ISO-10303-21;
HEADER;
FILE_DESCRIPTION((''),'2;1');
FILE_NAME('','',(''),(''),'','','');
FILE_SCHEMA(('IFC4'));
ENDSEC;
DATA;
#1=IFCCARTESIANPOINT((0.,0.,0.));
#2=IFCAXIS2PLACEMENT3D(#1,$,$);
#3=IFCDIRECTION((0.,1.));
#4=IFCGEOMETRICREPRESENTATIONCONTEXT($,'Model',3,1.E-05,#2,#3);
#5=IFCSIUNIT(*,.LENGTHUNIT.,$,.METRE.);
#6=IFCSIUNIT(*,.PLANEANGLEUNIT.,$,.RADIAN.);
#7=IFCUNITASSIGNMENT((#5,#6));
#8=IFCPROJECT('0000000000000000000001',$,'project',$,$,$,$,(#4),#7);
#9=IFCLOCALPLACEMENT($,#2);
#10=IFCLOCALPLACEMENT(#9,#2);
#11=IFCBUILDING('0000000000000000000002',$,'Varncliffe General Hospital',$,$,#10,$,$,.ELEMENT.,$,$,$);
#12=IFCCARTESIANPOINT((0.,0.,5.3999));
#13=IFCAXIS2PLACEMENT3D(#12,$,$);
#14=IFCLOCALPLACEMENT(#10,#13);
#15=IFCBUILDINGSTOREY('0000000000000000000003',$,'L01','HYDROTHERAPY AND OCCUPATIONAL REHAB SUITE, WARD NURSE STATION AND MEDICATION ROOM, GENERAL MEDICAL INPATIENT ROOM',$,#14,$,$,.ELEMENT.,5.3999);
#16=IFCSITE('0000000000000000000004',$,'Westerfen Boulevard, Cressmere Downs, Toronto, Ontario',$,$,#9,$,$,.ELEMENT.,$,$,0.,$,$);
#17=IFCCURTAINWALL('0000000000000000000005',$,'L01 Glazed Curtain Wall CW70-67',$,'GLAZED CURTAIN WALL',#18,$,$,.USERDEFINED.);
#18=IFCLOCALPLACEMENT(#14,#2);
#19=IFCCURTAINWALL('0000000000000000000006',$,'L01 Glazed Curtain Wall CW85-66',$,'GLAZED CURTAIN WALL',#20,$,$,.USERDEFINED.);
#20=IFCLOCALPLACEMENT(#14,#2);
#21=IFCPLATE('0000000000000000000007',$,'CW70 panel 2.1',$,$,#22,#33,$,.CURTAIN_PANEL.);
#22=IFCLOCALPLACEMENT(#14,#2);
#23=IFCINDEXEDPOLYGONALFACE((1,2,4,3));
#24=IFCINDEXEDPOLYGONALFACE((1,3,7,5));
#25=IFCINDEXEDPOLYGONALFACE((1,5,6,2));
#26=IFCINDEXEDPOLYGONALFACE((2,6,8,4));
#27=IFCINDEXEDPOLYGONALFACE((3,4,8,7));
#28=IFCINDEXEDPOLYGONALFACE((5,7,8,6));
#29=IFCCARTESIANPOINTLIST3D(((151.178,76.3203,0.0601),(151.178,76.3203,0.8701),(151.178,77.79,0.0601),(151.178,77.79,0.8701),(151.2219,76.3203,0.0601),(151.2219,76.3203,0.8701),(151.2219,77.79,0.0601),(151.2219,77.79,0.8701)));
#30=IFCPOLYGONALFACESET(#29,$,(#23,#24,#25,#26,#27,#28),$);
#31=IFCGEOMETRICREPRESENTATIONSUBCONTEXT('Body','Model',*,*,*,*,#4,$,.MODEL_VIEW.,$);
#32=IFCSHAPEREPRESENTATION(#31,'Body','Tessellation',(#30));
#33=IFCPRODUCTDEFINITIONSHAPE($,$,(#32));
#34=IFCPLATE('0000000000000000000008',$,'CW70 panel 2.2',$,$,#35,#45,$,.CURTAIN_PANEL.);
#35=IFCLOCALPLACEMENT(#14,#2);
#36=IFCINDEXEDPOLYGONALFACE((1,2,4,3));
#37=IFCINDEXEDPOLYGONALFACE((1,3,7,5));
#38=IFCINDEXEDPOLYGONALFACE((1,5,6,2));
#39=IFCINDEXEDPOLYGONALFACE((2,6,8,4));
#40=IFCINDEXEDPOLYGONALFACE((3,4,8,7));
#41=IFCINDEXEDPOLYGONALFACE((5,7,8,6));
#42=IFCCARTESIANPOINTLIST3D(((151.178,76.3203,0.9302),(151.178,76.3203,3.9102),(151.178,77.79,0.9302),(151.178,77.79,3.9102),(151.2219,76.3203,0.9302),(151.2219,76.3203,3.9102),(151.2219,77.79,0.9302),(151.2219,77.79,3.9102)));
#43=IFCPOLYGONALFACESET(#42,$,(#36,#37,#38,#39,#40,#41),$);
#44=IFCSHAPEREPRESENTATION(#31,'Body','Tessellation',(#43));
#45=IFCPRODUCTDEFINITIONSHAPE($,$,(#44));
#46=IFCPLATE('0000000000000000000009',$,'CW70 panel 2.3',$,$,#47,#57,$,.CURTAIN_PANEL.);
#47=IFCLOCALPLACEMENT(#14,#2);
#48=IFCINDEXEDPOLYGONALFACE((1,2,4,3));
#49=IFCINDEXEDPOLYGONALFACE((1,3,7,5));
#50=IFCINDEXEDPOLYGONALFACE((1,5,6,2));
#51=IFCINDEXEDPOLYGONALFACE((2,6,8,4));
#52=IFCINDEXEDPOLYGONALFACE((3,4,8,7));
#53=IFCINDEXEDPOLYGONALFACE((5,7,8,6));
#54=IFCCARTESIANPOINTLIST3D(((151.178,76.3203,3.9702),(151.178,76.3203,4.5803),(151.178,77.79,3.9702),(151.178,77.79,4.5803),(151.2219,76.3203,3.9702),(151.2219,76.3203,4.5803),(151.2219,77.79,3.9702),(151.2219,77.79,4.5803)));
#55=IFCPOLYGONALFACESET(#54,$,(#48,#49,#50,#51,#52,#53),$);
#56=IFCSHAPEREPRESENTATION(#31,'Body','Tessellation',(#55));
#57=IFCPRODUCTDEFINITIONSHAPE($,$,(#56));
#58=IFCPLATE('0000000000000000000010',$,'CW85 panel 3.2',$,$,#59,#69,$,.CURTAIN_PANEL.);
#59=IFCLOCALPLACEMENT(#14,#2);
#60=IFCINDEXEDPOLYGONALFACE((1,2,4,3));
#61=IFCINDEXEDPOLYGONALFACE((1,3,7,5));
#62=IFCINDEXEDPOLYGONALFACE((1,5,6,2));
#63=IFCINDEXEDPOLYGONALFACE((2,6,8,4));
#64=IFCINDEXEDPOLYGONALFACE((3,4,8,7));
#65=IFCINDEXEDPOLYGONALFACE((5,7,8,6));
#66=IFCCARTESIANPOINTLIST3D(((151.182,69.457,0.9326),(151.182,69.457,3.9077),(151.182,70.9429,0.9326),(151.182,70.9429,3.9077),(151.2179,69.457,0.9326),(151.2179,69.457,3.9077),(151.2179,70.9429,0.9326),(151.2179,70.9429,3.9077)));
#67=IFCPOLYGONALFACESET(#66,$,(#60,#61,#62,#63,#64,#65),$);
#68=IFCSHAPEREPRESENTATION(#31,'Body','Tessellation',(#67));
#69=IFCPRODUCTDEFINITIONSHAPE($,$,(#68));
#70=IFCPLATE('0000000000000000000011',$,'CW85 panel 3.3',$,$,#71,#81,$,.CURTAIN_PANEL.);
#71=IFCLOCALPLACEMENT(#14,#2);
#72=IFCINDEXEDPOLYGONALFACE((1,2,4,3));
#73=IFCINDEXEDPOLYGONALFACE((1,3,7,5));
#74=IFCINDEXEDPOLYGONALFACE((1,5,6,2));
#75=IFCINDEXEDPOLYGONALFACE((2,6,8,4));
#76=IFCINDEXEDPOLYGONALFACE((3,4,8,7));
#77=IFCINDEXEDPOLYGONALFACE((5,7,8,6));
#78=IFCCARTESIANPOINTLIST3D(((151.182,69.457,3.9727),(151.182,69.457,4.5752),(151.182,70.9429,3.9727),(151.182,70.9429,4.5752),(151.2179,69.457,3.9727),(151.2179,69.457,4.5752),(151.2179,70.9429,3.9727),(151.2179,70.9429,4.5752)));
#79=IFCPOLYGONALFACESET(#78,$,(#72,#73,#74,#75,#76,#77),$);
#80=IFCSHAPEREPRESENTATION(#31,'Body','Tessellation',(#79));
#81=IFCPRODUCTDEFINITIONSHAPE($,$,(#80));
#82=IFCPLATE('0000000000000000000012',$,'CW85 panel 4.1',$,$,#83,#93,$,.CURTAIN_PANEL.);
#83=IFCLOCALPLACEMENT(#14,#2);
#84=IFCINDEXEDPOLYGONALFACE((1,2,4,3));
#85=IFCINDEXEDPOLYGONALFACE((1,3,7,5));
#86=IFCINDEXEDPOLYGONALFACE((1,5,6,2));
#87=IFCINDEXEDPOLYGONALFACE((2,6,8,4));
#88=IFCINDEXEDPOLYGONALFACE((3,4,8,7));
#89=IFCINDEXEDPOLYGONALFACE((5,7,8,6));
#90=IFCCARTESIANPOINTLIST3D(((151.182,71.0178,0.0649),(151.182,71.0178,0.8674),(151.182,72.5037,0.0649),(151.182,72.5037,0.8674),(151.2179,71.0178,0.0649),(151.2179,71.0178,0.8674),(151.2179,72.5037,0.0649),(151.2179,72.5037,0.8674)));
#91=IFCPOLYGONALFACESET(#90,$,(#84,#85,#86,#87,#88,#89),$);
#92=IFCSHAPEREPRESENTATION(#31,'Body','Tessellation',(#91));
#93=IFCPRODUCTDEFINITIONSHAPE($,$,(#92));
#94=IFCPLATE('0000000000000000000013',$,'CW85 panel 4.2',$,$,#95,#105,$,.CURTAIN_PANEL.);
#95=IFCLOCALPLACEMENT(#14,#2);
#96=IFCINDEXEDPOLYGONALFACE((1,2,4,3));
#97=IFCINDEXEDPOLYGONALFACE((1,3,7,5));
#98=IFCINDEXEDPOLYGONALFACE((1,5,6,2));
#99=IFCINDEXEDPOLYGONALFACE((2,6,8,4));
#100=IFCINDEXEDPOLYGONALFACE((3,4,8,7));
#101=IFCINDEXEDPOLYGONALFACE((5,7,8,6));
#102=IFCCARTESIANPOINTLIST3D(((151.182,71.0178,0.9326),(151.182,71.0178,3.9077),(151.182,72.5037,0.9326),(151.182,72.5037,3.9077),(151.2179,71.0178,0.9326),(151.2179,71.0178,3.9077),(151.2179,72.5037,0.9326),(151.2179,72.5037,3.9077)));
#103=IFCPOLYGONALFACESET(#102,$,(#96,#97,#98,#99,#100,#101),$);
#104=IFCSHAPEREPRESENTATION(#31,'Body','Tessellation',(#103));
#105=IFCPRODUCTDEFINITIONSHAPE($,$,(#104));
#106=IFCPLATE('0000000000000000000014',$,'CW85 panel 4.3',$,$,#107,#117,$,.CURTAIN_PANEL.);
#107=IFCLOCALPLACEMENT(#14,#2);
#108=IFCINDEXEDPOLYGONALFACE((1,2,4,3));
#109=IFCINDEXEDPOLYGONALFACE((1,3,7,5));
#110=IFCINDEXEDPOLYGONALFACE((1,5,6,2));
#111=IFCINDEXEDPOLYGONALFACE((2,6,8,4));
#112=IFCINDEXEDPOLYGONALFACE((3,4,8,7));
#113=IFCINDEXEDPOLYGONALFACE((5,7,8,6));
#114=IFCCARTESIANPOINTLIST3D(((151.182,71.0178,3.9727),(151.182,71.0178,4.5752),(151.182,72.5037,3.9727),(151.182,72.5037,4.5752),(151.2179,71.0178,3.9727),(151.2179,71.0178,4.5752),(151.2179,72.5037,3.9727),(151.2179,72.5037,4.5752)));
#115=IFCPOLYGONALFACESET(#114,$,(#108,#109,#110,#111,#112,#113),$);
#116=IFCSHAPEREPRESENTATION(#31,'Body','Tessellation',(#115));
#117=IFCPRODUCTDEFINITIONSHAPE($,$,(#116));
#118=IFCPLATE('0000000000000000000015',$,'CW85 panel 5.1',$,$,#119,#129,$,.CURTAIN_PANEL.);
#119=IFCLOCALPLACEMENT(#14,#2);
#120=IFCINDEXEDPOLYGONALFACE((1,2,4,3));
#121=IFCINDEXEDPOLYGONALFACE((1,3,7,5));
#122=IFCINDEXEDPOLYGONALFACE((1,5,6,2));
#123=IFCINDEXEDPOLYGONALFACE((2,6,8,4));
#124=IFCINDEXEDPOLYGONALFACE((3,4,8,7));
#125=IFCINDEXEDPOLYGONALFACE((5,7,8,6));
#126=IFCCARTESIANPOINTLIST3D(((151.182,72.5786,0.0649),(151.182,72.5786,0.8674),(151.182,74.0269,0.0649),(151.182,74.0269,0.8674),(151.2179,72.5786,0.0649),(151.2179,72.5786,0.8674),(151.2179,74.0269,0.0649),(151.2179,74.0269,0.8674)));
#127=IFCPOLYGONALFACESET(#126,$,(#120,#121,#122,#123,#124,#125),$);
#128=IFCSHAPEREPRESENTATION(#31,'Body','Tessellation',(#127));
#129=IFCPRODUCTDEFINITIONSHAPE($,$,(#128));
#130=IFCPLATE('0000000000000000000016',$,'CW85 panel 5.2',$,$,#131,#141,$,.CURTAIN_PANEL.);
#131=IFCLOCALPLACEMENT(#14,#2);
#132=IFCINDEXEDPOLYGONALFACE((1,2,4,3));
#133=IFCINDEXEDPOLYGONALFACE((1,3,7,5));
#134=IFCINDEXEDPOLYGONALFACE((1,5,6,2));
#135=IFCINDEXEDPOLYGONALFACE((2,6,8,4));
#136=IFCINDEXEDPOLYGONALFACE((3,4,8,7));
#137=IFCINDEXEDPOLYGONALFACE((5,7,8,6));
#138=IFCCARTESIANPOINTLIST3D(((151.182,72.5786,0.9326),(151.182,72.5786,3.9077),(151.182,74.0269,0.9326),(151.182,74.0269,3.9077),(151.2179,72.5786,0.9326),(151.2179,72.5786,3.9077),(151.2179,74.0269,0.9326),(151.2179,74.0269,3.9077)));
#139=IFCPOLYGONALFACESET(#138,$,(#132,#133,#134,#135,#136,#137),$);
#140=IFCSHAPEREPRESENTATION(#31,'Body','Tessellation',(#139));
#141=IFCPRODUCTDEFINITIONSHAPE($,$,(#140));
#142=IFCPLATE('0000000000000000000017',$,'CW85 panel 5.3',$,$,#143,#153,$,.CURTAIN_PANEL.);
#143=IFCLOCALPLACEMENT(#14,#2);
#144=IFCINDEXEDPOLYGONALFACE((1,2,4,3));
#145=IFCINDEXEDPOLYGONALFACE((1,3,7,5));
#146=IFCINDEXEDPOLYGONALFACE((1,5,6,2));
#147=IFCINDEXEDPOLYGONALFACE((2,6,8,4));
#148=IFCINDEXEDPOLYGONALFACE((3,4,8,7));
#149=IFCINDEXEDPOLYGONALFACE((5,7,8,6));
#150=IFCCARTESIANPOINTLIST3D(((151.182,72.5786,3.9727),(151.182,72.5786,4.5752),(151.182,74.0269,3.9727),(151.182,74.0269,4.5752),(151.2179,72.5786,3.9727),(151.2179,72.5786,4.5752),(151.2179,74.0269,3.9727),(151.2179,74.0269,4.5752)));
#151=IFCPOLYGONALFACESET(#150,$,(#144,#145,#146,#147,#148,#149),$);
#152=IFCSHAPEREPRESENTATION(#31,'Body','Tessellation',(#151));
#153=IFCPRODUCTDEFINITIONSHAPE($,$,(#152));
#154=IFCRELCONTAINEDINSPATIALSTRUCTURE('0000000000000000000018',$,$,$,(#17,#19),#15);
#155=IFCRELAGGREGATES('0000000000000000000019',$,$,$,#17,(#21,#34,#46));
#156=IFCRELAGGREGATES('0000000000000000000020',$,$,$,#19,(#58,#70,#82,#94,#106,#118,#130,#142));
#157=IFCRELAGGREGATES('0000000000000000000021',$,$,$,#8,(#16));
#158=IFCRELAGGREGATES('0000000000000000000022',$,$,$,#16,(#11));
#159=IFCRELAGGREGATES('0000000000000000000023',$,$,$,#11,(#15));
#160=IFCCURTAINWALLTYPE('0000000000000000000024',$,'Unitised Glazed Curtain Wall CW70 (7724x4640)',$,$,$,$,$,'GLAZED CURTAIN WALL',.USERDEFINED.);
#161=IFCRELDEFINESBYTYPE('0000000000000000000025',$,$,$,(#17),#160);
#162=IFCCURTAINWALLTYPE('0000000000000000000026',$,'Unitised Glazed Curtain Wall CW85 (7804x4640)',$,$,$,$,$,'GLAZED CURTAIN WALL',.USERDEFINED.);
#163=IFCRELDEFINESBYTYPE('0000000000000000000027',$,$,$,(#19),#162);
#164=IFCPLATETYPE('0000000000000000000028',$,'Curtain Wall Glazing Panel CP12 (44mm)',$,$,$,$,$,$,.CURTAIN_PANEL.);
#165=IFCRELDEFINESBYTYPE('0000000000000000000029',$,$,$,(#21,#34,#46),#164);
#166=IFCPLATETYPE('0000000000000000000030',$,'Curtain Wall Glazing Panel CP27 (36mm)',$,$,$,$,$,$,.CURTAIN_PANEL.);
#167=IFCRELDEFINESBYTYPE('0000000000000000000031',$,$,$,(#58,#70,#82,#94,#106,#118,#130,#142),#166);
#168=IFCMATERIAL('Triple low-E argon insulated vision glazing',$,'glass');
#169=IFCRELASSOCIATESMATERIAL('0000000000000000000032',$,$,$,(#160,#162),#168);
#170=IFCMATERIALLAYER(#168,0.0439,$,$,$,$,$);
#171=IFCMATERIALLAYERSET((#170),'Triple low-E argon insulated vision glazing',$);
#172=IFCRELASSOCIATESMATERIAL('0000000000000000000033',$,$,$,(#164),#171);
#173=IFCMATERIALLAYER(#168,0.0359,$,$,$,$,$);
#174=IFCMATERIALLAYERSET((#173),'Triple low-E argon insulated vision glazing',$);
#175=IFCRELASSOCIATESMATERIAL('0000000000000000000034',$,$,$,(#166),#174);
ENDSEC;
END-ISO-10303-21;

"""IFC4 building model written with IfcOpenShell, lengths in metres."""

from ifc_helpers import new_model, si_unit, direction, frame, origin, origin_2d, place, context, subcontext, project, spatial, rectangle, extrude, material, layer, layer_set, type_object, element, aggregate, save


model = new_model("IFC4")

# Units and contexts
model_context = context("Model", 3, precision=1e-05, world=origin(), true_north=direction((0.0, 1.0)))
body_context = subcontext(model_context, "Body", "Model", "MODEL_VIEW")
ifc_project = project(units=[si_unit("LENGTHUNIT", "METRE"), si_unit("PLANEANGLEUNIT", "RADIAN")], contexts=[model_context])

# Site, building, storey
site_placement = place(None, origin())
site = spatial("IfcSite", under=ifc_project, at=site_placement, Name="Westerfen Boulevard, Cressmere Downs, Toronto, Ontario", CompositionType="ELEMENT", RefElevation=0.0)
building_placement = place(site_placement, origin())
building = spatial("IfcBuilding", under=site, at=building_placement, Name="Varncliffe General Hospital", CompositionType="ELEMENT")
storey_placement = place(building_placement, frame((0.0, 0.0, 5.3999)))
storey = spatial("IfcBuildingStorey", under=building, at=storey_placement, Name="L01", Description="HYDROTHERAPY AND OCCUPATIONAL REHAB SUITE, WARD NURSE STATION AND MEDICATION ROOM, GENERAL MEDICAL INPATIENT ROOM", CompositionType="ELEMENT", Elevation=5.3999)

# Curtain walls
ifc_material_1 = material(Name="Triple low-E argon insulated vision glazing", Category="glass")
curtain_wall_type_1 = type_object("IfcCurtainWallType", Name="Unitised Glazed Curtain Wall CW70 (7724x4640)", ElementType="GLAZED CURTAIN WALL", PredefinedType="USERDEFINED", material=ifc_material_1)
curtain_wall_1_placement = place(storey_placement, origin())
curtain_wall_1 = element("IfcCurtainWall", 1, at=curtain_wall_1_placement, inside=storey, type_object=curtain_wall_type_1, Name="L01 Glazed Curtain Wall CW70-67", ObjectType="GLAZED CURTAIN WALL", PredefinedType="USERDEFINED")
curtain_wall_type_2 = type_object("IfcCurtainWallType", Name="Unitised Glazed Curtain Wall CW85 (7804x4640)", ElementType="GLAZED CURTAIN WALL", PredefinedType="USERDEFINED", material=ifc_material_1)
curtain_wall_2_placement = place(storey_placement, origin())
curtain_wall_2 = element("IfcCurtainWall", 2, at=curtain_wall_2_placement, inside=storey, type_object=curtain_wall_type_2, Name="L01 Glazed Curtain Wall CW85-66", ObjectType="GLAZED CURTAIN WALL", PredefinedType="USERDEFINED")

# Plates
ifc_layer_1 = layer(ifc_material_1, 0.0439)
ifc_layer_set_1 = layer_set([ifc_layer_1], Name="Triple low-E argon insulated vision glazing")
plate_type_1 = type_object("IfcPlateType", Name="Curtain Wall Glazing Panel CP12 (44mm)", PredefinedType="CURTAIN_PANEL", material=ifc_layer_set_1)
plate_1_placement = place(storey_placement, frame((151.2, 77.0552, 0.0601), z_axis=(0.0, 0.0, 1.0), x_axis=(0.0, 1.0, 0.0)))
plate_1 = element("IfcPlate", 3, at=plate_1_placement, type_object=plate_type_1, Name="CW70 panel 2.1", PredefinedType="CURTAIN_PANEL", context=body_context, shape_type="SweptSolid", body=[
    extrude(rectangle(XDim=1.4697, YDim=0.0439, at=origin_2d()), origin(), (0.0, 0.0, 1.0), 0.8101),
])
plate_2_placement = place(storey_placement, frame((151.2, 77.0552, 0.9302), z_axis=(0.0, 0.0, 1.0), x_axis=(0.0, 1.0, 0.0)))
plate_2 = element("IfcPlate", 4, at=plate_2_placement, type_object=plate_type_1, Name="CW70 panel 2.2", PredefinedType="CURTAIN_PANEL", context=body_context, shape_type="SweptSolid", body=[
    extrude(rectangle(XDim=1.4697, YDim=0.0439, at=origin_2d()), origin(), (0.0, 0.0, 1.0), 2.98),
])
plate_3_placement = place(storey_placement, frame((151.2, 77.0552, 3.9702), z_axis=(0.0, 0.0, 1.0), x_axis=(0.0, 1.0, 0.0)))
plate_3 = element("IfcPlate", 5, at=plate_3_placement, type_object=plate_type_1, Name="CW70 panel 2.3", PredefinedType="CURTAIN_PANEL", context=body_context, shape_type="SweptSolid", body=[
    extrude(rectangle(XDim=1.4697, YDim=0.0439, at=origin_2d()), origin(), (0.0, 0.0, 1.0), 0.6101),
])
aggregate(curtain_wall_1, [plate_1, plate_2, plate_3])
ifc_layer_2 = layer(ifc_material_1, 0.0359)
ifc_layer_set_2 = layer_set([ifc_layer_2], Name="Triple low-E argon insulated vision glazing")
plate_type_2 = type_object("IfcPlateType", Name="Curtain Wall Glazing Panel CP27 (36mm)", PredefinedType="CURTAIN_PANEL", material=ifc_layer_set_2)
plate_4_placement = place(storey_placement, frame((151.2, 70.2, 0.9326), z_axis=(0.0, 0.0, 1.0), x_axis=(0.0, 1.0, 0.0)))
plate_4 = element("IfcPlate", 6, at=plate_4_placement, type_object=plate_type_2, Name="CW85 panel 3.2", PredefinedType="CURTAIN_PANEL", context=body_context, shape_type="SweptSolid", body=[
    extrude(rectangle(XDim=1.4858, YDim=0.0359, at=origin_2d()), origin(), (0.0, 0.0, 1.0), 2.9751),
])
plate_5_placement = place(storey_placement, frame((151.2, 70.2, 3.9727), z_axis=(0.0, 0.0, 1.0), x_axis=(0.0, 1.0, 0.0)))
plate_5 = element("IfcPlate", 7, at=plate_5_placement, type_object=plate_type_2, Name="CW85 panel 3.3", PredefinedType="CURTAIN_PANEL", context=body_context, shape_type="SweptSolid", body=[
    extrude(rectangle(XDim=1.4858, YDim=0.0359, at=origin_2d()), origin(), (0.0, 0.0, 1.0), 0.6025),
])
plate_6_placement = place(storey_placement, frame((151.2, 71.7607, 0.0649), z_axis=(0.0, 0.0, 1.0), x_axis=(0.0, 1.0, 0.0)))
plate_6 = element("IfcPlate", 8, at=plate_6_placement, type_object=plate_type_2, Name="CW85 panel 4.1", PredefinedType="CURTAIN_PANEL", context=body_context, shape_type="SweptSolid", body=[
    extrude(rectangle(XDim=1.4858, YDim=0.0359, at=origin_2d()), origin(), (0.0, 0.0, 1.0), 0.8025),
])
plate_7_placement = place(storey_placement, frame((151.2, 71.7607, 0.9326), z_axis=(0.0, 0.0, 1.0), x_axis=(0.0, 1.0, 0.0)))
plate_7 = element("IfcPlate", 9, at=plate_7_placement, type_object=plate_type_2, Name="CW85 panel 4.2", PredefinedType="CURTAIN_PANEL", context=body_context, shape_type="SweptSolid", body=[
    extrude(rectangle(XDim=1.4858, YDim=0.0359, at=origin_2d()), origin(), (0.0, 0.0, 1.0), 2.9751),
])
plate_8_placement = place(storey_placement, frame((151.2, 71.7607, 3.9727), z_axis=(0.0, 0.0, 1.0), x_axis=(0.0, 1.0, 0.0)))
plate_8 = element("IfcPlate", 10, at=plate_8_placement, type_object=plate_type_2, Name="CW85 panel 4.3", PredefinedType="CURTAIN_PANEL", context=body_context, shape_type="SweptSolid", body=[
    extrude(rectangle(XDim=1.4858, YDim=0.0359, at=origin_2d()), origin(), (0.0, 0.0, 1.0), 0.6025),
])
plate_9_placement = place(storey_placement, frame((151.2, 73.3027, 0.0649), z_axis=(0.0, 0.0, 1.0), x_axis=(0.0, 1.0, 0.0)))
plate_9 = element("IfcPlate", 11, at=plate_9_placement, type_object=plate_type_2, Name="CW85 panel 5.1", PredefinedType="CURTAIN_PANEL", context=body_context, shape_type="SweptSolid", body=[
    extrude(rectangle(XDim=1.4482, YDim=0.0359, at=origin_2d()), origin(), (0.0, 0.0, 1.0), 0.8025),
])
plate_10_placement = place(storey_placement, frame((151.2, 73.3027, 0.9326), z_axis=(0.0, 0.0, 1.0), x_axis=(0.0, 1.0, 0.0)))
plate_10 = element("IfcPlate", 12, at=plate_10_placement, type_object=plate_type_2, Name="CW85 panel 5.2", PredefinedType="CURTAIN_PANEL", context=body_context, shape_type="SweptSolid", body=[
    extrude(rectangle(XDim=1.4482, YDim=0.0359, at=origin_2d()), origin(), (0.0, 0.0, 1.0), 2.9751),
])
plate_11_placement = place(storey_placement, frame((151.2, 73.3027, 3.9727), z_axis=(0.0, 0.0, 1.0), x_axis=(0.0, 1.0, 0.0)))
plate_11 = element("IfcPlate", 13, at=plate_11_placement, type_object=plate_type_2, Name="CW85 panel 5.3", PredefinedType="CURTAIN_PANEL", context=body_context, shape_type="SweptSolid", body=[
    extrude(rectangle(XDim=1.4482, YDim=0.0359, at=origin_2d()), origin(), (0.0, 0.0, 1.0), 0.6025),
])
aggregate(curtain_wall_2, [plate_4, plate_5, plate_6, plate_7, plate_8, plate_9, plate_10, plate_11])

save(model, "model.ifc")
